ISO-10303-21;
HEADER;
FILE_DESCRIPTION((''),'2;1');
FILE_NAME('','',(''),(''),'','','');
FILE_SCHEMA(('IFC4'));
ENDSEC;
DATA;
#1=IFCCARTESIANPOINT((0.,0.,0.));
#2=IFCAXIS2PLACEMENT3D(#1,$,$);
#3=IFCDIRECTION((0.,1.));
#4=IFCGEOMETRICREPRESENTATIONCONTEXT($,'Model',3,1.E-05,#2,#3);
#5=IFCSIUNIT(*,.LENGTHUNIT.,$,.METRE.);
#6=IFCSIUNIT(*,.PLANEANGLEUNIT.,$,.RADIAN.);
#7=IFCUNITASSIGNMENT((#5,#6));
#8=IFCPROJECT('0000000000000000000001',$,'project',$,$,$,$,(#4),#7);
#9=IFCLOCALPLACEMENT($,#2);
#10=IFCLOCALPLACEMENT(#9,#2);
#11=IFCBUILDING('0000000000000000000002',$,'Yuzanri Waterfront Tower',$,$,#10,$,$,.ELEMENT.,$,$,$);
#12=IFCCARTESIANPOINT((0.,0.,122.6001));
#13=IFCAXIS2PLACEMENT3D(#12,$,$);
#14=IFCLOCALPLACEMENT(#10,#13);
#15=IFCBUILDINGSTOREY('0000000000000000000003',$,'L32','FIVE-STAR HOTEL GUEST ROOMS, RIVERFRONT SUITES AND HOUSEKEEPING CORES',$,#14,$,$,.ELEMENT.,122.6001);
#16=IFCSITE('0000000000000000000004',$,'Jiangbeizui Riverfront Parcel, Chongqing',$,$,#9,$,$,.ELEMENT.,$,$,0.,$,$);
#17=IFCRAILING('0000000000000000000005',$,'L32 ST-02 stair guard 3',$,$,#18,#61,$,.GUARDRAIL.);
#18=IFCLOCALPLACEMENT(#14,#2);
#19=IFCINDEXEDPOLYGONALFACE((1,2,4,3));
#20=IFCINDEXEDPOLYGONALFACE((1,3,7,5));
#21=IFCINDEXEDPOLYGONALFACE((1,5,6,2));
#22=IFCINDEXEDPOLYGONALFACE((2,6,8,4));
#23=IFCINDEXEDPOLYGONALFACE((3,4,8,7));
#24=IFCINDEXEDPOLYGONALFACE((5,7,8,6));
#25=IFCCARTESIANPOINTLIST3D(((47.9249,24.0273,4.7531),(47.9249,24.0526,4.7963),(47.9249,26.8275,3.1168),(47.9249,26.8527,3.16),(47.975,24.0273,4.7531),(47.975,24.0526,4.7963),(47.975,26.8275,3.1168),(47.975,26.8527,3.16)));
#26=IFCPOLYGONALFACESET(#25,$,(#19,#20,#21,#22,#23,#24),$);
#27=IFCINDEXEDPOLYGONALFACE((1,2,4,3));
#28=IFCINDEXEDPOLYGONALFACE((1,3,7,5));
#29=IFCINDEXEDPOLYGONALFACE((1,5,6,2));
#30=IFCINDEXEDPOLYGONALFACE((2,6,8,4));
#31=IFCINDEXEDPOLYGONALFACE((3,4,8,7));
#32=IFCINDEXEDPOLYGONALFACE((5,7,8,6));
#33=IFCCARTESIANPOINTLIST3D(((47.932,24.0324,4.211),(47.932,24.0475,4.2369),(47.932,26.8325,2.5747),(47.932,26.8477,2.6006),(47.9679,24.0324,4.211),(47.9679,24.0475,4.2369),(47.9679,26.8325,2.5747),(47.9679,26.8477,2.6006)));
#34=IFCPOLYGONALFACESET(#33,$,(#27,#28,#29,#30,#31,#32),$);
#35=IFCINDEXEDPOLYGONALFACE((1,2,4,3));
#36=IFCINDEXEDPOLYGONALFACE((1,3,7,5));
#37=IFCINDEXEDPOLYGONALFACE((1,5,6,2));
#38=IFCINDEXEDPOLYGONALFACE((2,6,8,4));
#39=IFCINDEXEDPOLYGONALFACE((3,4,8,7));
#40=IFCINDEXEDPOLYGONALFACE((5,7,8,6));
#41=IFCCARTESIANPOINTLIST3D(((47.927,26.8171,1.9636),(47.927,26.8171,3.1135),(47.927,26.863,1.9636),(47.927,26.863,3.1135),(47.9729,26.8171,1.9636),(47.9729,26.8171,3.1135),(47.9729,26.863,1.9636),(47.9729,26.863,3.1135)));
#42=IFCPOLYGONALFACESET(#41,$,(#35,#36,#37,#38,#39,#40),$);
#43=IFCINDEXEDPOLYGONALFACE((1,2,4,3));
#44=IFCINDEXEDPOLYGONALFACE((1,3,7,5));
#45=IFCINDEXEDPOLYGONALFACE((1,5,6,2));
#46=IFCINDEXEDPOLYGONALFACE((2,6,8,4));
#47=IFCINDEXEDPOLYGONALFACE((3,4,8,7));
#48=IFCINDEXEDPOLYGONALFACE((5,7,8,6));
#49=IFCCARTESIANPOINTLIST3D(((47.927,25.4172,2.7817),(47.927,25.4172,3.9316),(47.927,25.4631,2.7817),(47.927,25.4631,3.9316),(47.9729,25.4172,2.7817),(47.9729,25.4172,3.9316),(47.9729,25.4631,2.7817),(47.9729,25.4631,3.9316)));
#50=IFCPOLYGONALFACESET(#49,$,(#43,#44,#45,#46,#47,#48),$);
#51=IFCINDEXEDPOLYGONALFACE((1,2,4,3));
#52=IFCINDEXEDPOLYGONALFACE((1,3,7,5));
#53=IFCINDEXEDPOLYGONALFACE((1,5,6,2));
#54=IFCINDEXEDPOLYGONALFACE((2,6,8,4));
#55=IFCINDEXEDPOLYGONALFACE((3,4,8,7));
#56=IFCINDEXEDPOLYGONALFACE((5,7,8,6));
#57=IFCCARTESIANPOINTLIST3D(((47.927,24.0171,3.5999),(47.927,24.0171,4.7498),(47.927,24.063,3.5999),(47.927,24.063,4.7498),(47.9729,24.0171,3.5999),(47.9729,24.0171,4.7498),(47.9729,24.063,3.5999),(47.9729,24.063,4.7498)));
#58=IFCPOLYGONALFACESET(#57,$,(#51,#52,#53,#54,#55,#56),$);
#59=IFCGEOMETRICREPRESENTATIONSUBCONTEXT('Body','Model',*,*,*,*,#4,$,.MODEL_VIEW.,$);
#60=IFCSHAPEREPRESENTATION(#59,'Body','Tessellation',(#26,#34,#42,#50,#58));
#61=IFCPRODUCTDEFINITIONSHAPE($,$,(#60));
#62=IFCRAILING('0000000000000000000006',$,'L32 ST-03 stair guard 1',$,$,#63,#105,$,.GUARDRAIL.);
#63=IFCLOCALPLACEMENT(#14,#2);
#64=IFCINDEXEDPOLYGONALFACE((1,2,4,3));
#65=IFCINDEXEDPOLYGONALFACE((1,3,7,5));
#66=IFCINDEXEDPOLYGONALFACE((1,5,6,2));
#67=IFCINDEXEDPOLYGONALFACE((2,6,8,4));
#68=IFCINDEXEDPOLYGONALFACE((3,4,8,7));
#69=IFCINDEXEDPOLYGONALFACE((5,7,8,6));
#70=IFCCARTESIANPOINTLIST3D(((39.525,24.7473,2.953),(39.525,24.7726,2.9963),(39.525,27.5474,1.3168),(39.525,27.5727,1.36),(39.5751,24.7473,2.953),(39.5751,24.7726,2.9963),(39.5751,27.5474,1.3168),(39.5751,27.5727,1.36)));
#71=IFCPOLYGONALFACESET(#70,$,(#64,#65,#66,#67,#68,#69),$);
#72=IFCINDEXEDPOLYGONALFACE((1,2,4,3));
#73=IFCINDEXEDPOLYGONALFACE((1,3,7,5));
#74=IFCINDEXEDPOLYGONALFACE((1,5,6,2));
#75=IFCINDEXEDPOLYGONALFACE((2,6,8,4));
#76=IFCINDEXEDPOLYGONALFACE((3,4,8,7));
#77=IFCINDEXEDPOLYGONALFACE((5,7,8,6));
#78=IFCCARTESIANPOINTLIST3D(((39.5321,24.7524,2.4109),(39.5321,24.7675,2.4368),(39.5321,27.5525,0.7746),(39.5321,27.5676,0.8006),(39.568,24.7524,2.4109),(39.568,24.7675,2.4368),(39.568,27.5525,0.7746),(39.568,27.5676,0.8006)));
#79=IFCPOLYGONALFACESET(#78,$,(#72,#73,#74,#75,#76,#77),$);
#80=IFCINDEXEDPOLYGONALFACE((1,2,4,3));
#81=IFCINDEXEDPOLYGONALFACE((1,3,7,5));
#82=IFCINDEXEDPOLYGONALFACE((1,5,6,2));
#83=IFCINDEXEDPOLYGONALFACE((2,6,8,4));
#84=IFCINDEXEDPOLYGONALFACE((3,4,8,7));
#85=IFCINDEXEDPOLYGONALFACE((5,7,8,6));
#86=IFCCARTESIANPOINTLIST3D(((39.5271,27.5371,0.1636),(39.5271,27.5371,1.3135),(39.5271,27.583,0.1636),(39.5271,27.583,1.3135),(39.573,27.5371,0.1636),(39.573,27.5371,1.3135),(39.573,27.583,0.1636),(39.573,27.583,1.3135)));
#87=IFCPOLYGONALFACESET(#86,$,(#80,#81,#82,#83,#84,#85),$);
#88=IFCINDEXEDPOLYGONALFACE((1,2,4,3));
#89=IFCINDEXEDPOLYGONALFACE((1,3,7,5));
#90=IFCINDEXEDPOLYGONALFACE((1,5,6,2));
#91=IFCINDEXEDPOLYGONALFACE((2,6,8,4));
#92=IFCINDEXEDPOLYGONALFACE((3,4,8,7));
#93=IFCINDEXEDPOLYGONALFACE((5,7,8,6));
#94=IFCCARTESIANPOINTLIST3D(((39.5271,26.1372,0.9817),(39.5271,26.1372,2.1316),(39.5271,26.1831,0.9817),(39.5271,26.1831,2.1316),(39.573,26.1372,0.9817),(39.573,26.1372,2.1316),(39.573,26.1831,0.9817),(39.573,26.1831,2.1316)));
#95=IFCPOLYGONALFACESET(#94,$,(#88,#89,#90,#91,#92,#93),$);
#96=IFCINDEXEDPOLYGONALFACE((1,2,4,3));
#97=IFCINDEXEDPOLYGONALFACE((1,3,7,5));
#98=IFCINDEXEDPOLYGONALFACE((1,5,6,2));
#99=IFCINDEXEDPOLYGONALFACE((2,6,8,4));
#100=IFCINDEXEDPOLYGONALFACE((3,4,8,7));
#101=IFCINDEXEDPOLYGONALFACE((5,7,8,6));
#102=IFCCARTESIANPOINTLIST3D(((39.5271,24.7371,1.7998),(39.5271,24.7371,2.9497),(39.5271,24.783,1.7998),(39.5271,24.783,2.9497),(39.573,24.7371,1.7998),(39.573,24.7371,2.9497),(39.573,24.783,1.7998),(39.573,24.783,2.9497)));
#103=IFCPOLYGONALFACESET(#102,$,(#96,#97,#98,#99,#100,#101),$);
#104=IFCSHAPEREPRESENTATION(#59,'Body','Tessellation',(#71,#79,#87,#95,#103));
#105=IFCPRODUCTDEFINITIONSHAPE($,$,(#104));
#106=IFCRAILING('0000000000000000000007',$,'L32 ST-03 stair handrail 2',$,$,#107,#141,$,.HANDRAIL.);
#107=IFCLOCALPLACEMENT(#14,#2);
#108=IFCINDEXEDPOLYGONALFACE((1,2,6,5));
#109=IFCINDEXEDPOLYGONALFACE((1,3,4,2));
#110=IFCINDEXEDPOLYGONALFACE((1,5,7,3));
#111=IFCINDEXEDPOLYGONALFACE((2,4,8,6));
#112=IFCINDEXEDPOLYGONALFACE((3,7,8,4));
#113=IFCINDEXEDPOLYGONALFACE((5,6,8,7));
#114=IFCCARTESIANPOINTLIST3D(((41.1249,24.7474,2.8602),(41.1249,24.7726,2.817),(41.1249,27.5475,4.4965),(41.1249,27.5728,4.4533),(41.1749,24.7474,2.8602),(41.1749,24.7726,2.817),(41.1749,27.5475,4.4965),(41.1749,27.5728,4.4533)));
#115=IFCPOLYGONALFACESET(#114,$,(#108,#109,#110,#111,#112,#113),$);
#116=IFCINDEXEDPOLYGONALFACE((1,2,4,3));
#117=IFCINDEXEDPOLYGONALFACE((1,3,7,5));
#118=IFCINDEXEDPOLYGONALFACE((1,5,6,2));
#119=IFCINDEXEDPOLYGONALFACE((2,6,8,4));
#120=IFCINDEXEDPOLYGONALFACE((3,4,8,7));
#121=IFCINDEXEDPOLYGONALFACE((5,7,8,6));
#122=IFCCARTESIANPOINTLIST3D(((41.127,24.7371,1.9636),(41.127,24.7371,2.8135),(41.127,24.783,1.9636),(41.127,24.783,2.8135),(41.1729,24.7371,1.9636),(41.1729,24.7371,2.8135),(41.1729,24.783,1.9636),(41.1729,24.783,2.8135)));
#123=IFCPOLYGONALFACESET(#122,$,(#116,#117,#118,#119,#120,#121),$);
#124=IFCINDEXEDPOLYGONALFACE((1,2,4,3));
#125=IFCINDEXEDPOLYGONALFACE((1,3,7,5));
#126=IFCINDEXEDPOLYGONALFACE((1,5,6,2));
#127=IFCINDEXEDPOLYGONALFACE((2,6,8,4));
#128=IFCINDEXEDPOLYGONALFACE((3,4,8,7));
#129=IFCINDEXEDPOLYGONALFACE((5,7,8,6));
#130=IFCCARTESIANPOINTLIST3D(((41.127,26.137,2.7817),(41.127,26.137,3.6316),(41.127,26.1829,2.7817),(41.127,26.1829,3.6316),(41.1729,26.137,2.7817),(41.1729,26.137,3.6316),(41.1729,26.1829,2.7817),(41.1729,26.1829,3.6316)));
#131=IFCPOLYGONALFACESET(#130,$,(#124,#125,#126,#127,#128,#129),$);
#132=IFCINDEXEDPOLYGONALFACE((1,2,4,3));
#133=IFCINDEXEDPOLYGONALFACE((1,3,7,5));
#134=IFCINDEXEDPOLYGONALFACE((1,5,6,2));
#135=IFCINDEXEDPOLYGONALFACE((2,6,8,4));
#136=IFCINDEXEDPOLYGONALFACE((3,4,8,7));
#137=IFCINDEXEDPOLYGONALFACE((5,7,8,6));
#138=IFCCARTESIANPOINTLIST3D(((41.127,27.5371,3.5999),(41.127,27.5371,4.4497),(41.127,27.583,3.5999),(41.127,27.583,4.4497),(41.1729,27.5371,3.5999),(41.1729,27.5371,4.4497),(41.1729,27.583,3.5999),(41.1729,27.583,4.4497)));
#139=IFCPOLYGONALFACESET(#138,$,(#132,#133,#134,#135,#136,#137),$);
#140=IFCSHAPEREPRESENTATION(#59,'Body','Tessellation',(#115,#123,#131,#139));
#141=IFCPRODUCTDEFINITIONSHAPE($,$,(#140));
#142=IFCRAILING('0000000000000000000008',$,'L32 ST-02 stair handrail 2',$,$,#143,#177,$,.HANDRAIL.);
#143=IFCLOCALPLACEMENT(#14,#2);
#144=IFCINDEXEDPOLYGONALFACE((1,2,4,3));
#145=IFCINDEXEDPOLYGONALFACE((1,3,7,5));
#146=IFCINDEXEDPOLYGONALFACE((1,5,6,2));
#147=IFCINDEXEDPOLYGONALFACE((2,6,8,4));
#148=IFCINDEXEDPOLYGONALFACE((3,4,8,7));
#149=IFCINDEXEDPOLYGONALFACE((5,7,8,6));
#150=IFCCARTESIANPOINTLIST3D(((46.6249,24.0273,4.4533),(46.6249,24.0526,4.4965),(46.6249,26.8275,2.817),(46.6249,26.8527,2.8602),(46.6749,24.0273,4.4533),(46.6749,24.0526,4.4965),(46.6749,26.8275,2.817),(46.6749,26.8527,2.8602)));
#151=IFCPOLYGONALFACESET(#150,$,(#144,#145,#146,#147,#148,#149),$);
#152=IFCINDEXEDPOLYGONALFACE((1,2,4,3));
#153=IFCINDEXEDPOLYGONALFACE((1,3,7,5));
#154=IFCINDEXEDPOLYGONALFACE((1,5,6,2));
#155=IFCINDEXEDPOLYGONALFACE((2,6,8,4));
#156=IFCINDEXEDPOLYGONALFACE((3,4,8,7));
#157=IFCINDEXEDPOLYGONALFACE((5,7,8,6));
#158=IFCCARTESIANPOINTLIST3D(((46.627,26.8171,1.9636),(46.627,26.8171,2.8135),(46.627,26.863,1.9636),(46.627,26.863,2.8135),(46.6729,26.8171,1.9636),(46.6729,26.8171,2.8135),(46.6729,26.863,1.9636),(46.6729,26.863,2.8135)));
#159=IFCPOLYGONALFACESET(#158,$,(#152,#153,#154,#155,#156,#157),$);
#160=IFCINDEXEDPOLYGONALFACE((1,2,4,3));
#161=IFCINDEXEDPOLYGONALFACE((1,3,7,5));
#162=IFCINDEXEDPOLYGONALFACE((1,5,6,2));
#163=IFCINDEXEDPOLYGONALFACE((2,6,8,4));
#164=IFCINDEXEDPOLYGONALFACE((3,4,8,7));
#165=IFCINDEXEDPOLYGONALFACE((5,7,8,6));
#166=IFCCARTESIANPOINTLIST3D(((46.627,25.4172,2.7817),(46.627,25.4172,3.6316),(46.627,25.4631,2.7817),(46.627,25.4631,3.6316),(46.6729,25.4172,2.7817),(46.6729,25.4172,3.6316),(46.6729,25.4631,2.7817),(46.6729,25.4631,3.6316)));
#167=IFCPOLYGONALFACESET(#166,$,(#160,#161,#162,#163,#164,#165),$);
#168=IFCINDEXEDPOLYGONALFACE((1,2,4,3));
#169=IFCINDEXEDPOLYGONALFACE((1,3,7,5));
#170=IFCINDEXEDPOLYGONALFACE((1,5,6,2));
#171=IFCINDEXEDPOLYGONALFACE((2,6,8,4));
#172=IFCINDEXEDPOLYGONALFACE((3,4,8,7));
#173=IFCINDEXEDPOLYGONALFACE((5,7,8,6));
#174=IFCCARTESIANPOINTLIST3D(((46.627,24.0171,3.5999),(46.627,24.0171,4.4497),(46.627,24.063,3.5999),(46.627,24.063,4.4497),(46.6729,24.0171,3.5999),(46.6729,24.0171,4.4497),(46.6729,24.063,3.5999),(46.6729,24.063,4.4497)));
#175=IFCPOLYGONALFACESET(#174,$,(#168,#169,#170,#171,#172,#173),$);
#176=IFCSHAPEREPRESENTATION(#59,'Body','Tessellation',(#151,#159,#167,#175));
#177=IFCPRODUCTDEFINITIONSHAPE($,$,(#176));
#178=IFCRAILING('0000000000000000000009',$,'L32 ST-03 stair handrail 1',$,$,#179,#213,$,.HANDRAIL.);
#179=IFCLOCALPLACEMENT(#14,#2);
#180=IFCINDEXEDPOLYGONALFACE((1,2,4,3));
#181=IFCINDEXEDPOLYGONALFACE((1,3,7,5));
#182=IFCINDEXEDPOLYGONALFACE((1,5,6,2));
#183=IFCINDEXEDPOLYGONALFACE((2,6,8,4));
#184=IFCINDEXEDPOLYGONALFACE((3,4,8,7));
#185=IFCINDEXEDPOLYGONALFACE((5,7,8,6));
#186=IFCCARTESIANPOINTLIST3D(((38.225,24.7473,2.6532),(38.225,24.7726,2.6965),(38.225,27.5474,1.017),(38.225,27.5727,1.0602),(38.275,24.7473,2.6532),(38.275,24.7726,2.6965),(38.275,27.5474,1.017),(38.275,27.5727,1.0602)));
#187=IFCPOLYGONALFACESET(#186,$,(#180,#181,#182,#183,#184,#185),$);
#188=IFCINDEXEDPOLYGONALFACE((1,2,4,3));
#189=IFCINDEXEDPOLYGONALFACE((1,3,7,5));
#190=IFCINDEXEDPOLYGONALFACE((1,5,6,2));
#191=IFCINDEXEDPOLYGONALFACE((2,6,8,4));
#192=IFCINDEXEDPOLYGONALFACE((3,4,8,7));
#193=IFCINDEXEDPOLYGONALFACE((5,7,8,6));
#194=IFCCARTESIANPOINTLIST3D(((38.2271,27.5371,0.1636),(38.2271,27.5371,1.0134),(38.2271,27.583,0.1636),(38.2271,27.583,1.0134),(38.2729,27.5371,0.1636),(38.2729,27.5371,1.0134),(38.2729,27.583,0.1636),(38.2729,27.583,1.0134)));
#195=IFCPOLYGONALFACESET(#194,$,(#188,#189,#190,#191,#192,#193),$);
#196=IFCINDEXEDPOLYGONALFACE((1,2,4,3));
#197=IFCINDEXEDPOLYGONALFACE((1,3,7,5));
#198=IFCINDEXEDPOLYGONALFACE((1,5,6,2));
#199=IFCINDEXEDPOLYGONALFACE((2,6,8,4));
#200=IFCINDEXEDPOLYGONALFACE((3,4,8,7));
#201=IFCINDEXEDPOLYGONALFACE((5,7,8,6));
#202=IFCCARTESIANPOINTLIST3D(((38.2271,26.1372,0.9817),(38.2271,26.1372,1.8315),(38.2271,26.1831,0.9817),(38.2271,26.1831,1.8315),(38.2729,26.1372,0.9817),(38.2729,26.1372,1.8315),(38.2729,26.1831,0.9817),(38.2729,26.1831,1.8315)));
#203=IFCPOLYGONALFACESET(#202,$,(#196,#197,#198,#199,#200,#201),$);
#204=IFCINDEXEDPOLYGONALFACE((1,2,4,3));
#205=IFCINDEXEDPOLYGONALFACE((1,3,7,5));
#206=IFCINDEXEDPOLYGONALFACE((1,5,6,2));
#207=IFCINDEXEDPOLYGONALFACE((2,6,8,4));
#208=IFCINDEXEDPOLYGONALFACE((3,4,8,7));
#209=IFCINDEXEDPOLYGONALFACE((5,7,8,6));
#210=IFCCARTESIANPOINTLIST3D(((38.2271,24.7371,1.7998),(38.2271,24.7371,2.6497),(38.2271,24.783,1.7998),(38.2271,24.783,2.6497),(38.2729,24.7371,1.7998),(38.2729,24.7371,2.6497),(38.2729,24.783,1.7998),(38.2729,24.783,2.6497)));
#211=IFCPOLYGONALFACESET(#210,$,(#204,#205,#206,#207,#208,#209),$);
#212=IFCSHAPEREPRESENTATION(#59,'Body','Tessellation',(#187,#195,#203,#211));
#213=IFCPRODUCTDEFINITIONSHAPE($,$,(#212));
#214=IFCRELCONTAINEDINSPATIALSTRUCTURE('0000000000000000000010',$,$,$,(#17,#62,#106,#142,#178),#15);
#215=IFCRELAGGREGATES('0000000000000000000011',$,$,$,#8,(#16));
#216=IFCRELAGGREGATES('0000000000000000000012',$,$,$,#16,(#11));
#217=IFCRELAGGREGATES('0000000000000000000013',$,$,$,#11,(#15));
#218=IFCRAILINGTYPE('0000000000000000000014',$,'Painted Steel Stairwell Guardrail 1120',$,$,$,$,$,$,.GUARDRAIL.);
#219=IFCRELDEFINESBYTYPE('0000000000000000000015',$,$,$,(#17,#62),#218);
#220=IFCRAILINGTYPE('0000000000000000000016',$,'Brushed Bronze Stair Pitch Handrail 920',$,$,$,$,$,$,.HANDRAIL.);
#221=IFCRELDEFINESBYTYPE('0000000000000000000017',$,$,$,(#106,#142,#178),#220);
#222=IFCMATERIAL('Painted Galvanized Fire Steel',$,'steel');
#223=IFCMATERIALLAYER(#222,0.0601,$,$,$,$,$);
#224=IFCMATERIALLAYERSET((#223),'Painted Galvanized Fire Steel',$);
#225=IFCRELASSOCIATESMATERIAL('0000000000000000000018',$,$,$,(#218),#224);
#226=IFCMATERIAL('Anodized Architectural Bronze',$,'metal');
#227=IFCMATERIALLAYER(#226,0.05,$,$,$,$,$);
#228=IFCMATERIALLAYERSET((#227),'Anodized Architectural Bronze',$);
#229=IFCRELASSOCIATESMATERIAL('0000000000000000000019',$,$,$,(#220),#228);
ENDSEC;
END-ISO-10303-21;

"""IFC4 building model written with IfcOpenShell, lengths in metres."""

from ifc_helpers import new_model, si_unit, direction, frame, origin, origin_2d, place, context, subcontext, project, spatial, rectangle, extrude, source, transform, mapped, material, layer, layer_set, type_object, element, save


model = new_model("IFC4")

# Units and contexts
model_context = context("Model", 3, precision=1e-05, world=origin(), true_north=direction((0.0, 1.0)))
body_context = subcontext(model_context, "Body", "Model", "MODEL_VIEW")
ifc_project = project(units=[si_unit("LENGTHUNIT", "METRE"), si_unit("PLANEANGLEUNIT", "RADIAN")], contexts=[model_context])

# Site, building, storey
site_placement = place(None, origin())
site = spatial("IfcSite", under=ifc_project, at=site_placement, Name="Jiangbeizui Riverfront Parcel, Chongqing", CompositionType="ELEMENT", RefElevation=0.0)
building_placement = place(site_placement, origin())
building = spatial("IfcBuilding", under=site, at=building_placement, Name="Yuzanri Waterfront Tower", CompositionType="ELEMENT")
storey_placement = place(building_placement, frame((0.0, 0.0, 122.6001)))
storey = spatial("IfcBuildingStorey", under=building, at=storey_placement, Name="L32", Description="FIVE-STAR HOTEL GUEST ROOMS, RIVERFRONT SUITES AND HOUSEKEEPING CORES", CompositionType="ELEMENT", Elevation=122.6001)

# Railings
ifc_material_1 = material(Name="Painted Galvanized Fire Steel", Category="steel")
ifc_layer_1 = layer(ifc_material_1, 0.0601)
ifc_layer_set_1 = layer_set([ifc_layer_1], Name="Painted Galvanized Fire Steel")
railing_type_1 = type_object("IfcRailingType", Name="Painted Steel Stairwell Guardrail 1120", PredefinedType="GUARDRAIL", material=ifc_layer_set_1)
shared_shape_1 = source(origin(), body_context, "Body", "SweptSolid", [
    extrude(rectangle(XDim=0.05, YDim=0.05, at=origin_2d()), frame((0.0, 0.0, 1.1748), z_axis=(0.0, -0.863394, 0.504531), x_axis=(1.0, 0.0, 0.0)), (0.0, 0.0, 1.0), 3.2432),
    extrude(rectangle(XDim=0.0359, YDim=0.03, at=origin_2d()), frame((0.0, 0.0, 0.624), z_axis=(0.0, -0.863394, 0.504531), x_axis=(1.0, 0.0, 0.0)), (0.0, 0.0, 1.0), 3.2432),
    extrude(rectangle(XDim=0.0459, YDim=0.0459, at=origin_2d()), origin(), (0.0, 0.0, 1.0), 1.1499),
    extrude(rectangle(XDim=0.0459, YDim=0.0459, at=origin_2d()), frame((0.0, -1.3999, 0.8181)), (0.0, 0.0, 1.0), 1.1499),
    extrude(rectangle(XDim=0.0459, YDim=0.0459, at=origin_2d()), frame((0.0, -2.8, 1.6362)), (0.0, 0.0, 1.0), 1.1499),
])
for number, where, name in (
    (1, (47.95, 26.8401, 1.9636), "L32 ST-02 stair guard 3"),
    (2, (39.55, 27.5601, 0.1636), "L32 ST-03 stair guard 1"),
):
    element("IfcRailing", number, at=place(storey_placement, frame(where)), inside=storey, type_object=railing_type_1, Name=name, PredefinedType="GUARDRAIL", context=body_context, shape_type="MappedRepresentation", body=[
        mapped(shared_shape_1, transform((0.0, 0.0, 0.0), scale=1.0)),
    ])
ifc_material_2 = material(Name="Anodized Architectural Bronze", Category="metal")
ifc_layer_2 = layer(ifc_material_2, 0.05)
ifc_layer_set_2 = layer_set([ifc_layer_2], Name="Anodized Architectural Bronze")
railing_type_2 = type_object("IfcRailingType", Name="Brushed Bronze Stair Pitch Handrail 920", PredefinedType="HANDRAIL", material=ifc_layer_set_2)
shared_shape_2 = source(origin(), body_context, "Body", "SweptSolid", [
    extrude(rectangle(XDim=0.05, YDim=0.05, at=origin_2d()), frame((0.0, 0.0, 0.875), z_axis=(0.0, 0.863394, 0.504531), x_axis=(-1.0, 0.0, 0.0)), (0.0, 0.0, 1.0), 3.2432),
    extrude(rectangle(XDim=0.0459, YDim=0.0459, at=origin_2d()), origin(), (0.0, 0.0, 1.0), 0.8499),
    extrude(rectangle(XDim=0.0459, YDim=0.0459, at=origin_2d()), frame((0.0, 1.3999, 0.8181)), (0.0, 0.0, 1.0), 0.8499),
    extrude(rectangle(XDim=0.0459, YDim=0.0459, at=origin_2d()), frame((0.0, 2.8, 1.6362)), (0.0, 0.0, 1.0), 0.8499),
])
railing_1_placement = place(storey_placement, frame((41.1499, 24.76, 1.9636)))
element("IfcRailing", 3, at=railing_1_placement, inside=storey, type_object=railing_type_2, Name="L32 ST-03 stair handrail 2", PredefinedType="HANDRAIL", context=body_context, shape_type="MappedRepresentation", body=[
    mapped(shared_shape_2, transform((0.0, 0.0, 0.0), scale=1.0)),
])
shared_shape_3 = source(origin(), body_context, "Body", "SweptSolid", [
    extrude(rectangle(XDim=0.05, YDim=0.05, at=origin_2d()), frame((0.0, 0.0, 0.875), z_axis=(0.0, -0.863394, 0.504531), x_axis=(1.0, 0.0, 0.0)), (0.0, 0.0, 1.0), 3.2432),
    extrude(rectangle(XDim=0.0459, YDim=0.0459, at=origin_2d()), origin(), (0.0, 0.0, 1.0), 0.8499),
    extrude(rectangle(XDim=0.0459, YDim=0.0459, at=origin_2d()), frame((0.0, -1.3999, 0.8181)), (0.0, 0.0, 1.0), 0.8499),
    extrude(rectangle(XDim=0.0459, YDim=0.0459, at=origin_2d()), frame((0.0, -2.8, 1.6362)), (0.0, 0.0, 1.0), 0.8499),
])
for number, where, name in (
    (4, (46.6499, 26.8401, 1.9636), "L32 ST-02 stair handrail 2"),
    (5, (38.25, 27.5601, 0.1636), "L32 ST-03 stair handrail 1"),
):
    element("IfcRailing", number, at=place(storey_placement, frame(where)), inside=storey, type_object=railing_type_2, Name=name, PredefinedType="HANDRAIL", context=body_context, shape_type="MappedRepresentation", body=[
        mapped(shared_shape_3, transform((0.0, 0.0, 0.0), scale=1.0)),
    ])

save(model, "model.ifc")
